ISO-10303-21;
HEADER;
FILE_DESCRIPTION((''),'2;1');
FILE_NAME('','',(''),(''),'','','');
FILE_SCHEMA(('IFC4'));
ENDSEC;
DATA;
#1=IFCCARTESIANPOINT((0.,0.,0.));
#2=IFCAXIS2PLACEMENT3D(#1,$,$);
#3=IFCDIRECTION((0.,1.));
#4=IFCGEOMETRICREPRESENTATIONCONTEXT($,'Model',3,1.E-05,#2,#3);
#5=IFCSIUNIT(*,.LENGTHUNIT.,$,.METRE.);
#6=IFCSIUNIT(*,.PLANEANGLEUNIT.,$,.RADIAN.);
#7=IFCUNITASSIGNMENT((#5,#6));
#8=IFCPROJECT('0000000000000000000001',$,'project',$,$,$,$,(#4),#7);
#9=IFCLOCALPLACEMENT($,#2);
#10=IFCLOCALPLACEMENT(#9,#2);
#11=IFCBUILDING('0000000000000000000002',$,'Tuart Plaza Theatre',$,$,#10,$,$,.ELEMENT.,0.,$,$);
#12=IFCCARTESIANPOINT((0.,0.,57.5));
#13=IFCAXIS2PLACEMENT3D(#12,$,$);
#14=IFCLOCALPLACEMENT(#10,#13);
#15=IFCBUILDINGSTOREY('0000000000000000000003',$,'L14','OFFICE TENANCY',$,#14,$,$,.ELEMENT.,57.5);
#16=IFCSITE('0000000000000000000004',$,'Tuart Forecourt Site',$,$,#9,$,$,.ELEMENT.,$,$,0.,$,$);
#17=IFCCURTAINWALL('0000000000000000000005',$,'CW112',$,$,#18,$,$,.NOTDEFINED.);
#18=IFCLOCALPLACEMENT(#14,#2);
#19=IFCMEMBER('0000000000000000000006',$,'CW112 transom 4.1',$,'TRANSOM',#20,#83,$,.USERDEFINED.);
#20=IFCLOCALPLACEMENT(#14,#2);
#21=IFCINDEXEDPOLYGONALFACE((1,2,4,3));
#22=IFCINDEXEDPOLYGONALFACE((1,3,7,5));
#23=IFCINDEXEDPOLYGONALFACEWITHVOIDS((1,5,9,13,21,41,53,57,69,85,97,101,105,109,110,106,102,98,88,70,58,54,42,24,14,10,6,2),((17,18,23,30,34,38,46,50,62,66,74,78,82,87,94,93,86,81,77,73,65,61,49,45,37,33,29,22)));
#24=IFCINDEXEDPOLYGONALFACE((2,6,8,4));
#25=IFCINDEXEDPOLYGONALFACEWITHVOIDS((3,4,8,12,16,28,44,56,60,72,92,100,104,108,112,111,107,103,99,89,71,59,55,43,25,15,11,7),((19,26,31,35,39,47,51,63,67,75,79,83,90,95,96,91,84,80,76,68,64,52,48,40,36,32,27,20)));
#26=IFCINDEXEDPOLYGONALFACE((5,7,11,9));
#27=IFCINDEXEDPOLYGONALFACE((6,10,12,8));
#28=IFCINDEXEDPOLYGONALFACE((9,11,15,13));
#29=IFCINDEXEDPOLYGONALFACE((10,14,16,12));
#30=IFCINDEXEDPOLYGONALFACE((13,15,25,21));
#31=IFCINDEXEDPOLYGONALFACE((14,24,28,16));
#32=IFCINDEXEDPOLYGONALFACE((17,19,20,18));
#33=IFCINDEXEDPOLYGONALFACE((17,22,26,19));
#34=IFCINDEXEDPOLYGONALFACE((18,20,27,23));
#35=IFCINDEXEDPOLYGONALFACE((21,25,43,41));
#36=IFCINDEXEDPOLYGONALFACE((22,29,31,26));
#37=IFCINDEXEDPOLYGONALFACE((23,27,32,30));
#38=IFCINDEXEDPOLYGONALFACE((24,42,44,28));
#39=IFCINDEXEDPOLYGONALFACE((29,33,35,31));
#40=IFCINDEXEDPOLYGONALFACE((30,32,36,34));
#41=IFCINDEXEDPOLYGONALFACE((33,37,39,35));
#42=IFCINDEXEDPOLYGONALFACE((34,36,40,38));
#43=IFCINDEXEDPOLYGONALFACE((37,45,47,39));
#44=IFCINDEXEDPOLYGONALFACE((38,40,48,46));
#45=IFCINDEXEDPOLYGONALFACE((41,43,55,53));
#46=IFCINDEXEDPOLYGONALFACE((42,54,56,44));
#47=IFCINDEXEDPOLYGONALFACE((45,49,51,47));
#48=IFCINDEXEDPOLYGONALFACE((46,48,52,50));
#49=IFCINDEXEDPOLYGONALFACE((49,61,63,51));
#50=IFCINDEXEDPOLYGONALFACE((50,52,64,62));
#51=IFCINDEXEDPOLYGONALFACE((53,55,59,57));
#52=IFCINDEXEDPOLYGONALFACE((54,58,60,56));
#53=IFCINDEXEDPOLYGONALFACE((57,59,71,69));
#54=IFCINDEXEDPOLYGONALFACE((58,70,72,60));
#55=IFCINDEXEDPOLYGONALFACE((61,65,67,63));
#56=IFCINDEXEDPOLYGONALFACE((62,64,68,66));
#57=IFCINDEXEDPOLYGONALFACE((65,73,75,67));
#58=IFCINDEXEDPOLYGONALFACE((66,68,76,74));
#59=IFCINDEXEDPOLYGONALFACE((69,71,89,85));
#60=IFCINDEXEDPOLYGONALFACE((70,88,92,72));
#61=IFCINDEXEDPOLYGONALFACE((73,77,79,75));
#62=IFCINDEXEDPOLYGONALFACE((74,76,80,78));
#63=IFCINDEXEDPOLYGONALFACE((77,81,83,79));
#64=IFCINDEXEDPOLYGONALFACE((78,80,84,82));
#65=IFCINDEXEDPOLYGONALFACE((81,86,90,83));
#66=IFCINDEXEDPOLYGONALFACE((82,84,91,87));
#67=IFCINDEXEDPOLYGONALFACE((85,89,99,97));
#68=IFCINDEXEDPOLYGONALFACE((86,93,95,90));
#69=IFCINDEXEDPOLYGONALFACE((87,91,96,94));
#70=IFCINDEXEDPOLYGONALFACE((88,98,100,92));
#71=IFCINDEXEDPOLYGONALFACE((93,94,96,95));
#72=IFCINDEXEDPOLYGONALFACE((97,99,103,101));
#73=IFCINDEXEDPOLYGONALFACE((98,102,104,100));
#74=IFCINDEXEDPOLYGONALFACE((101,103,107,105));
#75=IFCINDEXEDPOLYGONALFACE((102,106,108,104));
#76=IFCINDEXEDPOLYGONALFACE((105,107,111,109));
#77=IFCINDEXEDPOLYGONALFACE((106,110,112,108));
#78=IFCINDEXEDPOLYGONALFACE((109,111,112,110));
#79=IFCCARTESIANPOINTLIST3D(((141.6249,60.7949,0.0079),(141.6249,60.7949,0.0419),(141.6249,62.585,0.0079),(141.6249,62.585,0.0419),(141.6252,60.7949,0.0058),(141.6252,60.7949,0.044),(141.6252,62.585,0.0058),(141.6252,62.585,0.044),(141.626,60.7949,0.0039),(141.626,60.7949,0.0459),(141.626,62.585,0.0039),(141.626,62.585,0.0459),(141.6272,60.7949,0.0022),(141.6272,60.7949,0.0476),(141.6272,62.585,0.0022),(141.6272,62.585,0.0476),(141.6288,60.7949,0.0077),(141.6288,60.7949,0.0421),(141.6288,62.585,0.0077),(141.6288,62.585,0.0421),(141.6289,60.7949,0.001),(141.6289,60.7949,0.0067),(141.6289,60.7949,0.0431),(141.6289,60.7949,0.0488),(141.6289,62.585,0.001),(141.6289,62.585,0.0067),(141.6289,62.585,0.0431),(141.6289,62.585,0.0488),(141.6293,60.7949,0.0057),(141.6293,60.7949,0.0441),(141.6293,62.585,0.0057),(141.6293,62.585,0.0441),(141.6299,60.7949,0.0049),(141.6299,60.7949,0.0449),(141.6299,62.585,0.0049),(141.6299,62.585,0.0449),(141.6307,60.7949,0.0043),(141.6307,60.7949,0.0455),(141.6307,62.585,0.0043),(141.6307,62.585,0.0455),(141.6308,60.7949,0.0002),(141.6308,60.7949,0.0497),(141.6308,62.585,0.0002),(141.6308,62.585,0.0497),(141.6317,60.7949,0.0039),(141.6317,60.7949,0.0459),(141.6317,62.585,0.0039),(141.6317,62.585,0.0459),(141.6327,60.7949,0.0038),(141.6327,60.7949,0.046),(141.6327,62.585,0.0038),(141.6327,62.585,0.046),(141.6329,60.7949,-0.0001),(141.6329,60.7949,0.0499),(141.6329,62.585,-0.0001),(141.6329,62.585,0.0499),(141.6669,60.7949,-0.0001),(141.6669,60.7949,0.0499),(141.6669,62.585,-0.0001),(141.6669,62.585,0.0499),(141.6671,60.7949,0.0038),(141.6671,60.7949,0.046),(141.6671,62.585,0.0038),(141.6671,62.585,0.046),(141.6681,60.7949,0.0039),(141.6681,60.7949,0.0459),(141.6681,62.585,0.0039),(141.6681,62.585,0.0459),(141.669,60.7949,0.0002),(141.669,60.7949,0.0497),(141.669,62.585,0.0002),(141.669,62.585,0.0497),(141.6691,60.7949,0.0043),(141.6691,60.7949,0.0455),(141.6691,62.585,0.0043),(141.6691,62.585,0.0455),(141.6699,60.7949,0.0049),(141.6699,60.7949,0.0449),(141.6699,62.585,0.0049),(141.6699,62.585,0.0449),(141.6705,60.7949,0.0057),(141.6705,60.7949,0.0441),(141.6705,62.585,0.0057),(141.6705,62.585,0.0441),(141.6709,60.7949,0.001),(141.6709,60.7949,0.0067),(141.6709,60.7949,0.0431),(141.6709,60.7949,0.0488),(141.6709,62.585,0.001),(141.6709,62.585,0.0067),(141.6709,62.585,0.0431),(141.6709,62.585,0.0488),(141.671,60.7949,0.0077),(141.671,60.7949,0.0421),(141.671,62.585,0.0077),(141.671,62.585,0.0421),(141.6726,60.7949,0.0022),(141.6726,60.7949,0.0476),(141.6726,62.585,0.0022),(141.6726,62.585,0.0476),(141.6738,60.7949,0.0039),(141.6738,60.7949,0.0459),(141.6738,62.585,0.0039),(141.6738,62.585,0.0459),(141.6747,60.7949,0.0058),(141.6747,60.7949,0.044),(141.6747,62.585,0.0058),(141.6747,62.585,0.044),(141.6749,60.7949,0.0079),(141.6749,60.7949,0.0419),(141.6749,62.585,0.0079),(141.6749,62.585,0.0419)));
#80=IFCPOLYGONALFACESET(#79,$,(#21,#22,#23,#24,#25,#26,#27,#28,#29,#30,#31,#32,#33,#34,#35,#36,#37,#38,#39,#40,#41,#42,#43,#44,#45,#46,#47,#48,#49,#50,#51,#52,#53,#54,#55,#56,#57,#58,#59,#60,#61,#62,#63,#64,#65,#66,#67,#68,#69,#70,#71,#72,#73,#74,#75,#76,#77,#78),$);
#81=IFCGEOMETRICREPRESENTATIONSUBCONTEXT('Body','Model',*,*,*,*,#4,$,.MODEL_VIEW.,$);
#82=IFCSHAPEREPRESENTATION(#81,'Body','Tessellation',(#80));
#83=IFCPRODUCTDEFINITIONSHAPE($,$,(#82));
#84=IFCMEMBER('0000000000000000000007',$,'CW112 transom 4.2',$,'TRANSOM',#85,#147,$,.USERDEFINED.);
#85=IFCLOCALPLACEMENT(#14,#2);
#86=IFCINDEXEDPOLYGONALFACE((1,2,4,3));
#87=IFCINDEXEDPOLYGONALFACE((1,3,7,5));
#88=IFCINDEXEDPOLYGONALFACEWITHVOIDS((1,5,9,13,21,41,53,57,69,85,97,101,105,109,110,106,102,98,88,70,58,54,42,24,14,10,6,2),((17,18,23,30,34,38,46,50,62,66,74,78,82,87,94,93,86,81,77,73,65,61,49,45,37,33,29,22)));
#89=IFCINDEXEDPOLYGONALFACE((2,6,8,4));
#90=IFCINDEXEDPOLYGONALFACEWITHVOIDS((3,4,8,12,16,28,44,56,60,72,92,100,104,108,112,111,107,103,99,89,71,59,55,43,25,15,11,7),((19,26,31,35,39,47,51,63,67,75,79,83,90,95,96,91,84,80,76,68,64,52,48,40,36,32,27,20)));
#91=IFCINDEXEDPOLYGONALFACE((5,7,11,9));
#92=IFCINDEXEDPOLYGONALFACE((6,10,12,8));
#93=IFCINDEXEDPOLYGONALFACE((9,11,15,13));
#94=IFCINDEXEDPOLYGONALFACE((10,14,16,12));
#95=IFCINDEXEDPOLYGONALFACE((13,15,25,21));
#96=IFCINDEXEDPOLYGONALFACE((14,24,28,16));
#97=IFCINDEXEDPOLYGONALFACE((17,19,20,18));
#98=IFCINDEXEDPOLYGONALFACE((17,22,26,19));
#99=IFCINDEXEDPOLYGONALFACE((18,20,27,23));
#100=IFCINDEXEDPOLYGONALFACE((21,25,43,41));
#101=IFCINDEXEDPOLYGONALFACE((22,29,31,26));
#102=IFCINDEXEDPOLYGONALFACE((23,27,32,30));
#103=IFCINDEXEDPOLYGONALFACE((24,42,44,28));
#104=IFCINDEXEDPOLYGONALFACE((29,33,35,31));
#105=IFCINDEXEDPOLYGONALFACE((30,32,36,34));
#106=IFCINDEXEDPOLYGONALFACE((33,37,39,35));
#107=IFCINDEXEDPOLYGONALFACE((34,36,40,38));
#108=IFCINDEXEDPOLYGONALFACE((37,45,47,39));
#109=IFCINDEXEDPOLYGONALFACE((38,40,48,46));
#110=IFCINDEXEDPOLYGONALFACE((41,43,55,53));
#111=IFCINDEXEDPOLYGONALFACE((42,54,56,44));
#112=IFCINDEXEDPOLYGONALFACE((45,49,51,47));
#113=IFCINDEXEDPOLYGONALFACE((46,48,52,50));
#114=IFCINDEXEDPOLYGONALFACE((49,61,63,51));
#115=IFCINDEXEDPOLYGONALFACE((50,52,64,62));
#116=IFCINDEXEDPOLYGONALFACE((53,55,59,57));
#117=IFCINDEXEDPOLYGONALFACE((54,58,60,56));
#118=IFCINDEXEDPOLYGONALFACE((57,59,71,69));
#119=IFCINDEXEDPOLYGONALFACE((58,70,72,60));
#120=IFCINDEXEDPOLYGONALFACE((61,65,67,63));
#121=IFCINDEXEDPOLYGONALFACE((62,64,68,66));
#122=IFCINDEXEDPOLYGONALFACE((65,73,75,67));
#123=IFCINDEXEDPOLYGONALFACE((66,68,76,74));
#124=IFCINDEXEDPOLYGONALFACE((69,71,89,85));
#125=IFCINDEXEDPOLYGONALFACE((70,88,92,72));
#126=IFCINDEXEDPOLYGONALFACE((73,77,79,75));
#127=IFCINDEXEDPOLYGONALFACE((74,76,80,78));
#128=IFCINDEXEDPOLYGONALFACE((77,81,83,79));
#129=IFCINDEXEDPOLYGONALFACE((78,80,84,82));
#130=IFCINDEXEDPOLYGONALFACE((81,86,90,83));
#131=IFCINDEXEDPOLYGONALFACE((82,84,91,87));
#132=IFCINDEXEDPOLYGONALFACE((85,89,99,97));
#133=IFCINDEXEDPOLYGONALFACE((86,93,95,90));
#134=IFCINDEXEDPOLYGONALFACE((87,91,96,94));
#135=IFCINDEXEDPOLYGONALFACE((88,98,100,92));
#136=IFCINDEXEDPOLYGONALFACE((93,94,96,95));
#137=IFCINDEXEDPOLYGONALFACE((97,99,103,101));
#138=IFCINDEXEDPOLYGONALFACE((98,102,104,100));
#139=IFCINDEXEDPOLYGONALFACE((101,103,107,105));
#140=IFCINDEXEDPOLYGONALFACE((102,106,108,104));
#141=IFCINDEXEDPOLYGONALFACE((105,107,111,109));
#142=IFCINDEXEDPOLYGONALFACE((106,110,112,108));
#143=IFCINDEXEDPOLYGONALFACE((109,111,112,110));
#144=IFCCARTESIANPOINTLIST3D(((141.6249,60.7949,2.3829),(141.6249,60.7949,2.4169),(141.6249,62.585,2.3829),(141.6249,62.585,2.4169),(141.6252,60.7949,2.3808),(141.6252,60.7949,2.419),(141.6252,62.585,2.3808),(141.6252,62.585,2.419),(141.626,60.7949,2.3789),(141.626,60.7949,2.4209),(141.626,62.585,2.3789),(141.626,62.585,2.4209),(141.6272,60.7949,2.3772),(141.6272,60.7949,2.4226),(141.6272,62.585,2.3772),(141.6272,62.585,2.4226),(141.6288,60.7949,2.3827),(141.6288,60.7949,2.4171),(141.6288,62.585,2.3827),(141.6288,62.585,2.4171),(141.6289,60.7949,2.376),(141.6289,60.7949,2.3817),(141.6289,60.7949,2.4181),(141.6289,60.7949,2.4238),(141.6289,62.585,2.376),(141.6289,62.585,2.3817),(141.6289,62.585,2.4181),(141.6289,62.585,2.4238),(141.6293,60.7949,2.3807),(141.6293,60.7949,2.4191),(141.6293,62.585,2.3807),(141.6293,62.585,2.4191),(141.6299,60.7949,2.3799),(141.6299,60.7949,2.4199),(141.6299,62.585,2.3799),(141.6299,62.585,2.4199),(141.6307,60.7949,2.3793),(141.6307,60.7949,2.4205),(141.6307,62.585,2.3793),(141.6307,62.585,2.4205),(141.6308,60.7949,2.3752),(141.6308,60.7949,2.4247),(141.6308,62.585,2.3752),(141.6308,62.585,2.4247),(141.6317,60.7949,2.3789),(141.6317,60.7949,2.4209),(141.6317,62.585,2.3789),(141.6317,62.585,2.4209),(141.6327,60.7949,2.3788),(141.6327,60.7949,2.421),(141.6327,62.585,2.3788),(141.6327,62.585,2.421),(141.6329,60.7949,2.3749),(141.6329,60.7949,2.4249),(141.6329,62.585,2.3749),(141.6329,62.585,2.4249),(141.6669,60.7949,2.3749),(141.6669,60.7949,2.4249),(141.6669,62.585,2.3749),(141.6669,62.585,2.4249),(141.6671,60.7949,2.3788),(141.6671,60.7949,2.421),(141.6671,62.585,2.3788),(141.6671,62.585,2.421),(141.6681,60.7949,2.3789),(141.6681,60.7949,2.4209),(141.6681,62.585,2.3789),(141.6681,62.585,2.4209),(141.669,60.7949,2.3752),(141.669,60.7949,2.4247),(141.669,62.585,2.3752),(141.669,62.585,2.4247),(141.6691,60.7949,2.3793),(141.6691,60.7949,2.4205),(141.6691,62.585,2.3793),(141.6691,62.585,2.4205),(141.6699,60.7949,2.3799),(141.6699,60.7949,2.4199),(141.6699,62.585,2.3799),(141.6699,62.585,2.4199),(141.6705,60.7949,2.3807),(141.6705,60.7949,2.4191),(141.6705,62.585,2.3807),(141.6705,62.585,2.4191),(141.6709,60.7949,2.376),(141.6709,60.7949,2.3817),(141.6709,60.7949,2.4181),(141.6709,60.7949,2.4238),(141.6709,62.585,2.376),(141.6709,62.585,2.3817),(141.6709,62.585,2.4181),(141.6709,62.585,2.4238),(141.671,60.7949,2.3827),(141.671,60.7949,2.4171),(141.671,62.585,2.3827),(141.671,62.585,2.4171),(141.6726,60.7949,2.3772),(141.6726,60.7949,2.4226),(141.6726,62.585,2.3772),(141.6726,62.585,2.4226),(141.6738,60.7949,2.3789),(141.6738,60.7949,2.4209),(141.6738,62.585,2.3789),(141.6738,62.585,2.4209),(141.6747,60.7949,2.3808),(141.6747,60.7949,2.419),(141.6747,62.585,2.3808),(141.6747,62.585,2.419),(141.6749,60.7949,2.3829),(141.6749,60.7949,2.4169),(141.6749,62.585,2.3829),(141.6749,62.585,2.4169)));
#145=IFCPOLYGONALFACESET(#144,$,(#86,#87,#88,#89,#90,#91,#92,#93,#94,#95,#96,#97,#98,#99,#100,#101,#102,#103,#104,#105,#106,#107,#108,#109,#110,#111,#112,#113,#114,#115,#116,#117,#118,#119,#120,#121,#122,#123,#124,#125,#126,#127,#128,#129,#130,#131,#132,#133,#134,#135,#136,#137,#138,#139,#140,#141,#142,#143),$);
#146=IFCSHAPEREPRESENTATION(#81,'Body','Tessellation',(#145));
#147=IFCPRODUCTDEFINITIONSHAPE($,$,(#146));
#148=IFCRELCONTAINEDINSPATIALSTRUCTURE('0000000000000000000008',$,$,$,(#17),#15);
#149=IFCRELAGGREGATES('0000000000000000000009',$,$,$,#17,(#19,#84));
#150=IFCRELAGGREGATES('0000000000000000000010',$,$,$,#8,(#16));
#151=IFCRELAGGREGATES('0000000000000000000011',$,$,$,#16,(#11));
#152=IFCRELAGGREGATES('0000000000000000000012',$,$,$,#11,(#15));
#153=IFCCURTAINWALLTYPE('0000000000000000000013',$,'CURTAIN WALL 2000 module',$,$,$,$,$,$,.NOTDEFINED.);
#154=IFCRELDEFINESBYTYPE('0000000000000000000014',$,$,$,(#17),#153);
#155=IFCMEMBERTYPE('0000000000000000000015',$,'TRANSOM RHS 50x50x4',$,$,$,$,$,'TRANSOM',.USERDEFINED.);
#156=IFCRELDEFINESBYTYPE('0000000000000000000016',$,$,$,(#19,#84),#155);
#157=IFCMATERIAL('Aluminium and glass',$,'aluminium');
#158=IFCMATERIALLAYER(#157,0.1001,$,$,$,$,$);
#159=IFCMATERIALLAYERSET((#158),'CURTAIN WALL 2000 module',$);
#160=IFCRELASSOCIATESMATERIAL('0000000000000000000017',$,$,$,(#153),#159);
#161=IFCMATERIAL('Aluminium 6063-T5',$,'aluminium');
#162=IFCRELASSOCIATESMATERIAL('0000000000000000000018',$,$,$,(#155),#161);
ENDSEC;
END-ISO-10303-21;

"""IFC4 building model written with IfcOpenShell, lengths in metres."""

from ifc_helpers import new_model, si_unit, direction, frame, origin, origin_2d, place, context, subcontext, project, spatial, hollow_rectangle, extrude, material, layer, layer_set, material_profile, profile_set, type_object, element, aggregate, save


model = new_model("IFC4")

# Units and contexts
model_context = context("Model", 3, precision=1e-05, world=origin(), true_north=direction((0.0, 1.0)))
body_context = subcontext(model_context, "Body", "Model", "MODEL_VIEW")
ifc_project = project(units=[si_unit("LENGTHUNIT", "METRE"), si_unit("PLANEANGLEUNIT", "RADIAN")], contexts=[model_context])

# Site, building, storey
site_placement = place(None, origin())
site = spatial("IfcSite", under=ifc_project, at=site_placement, Name="Tuart Forecourt Site", CompositionType="ELEMENT", RefElevation=0.0)
building_placement = place(site_placement, origin())
building = spatial("IfcBuilding", under=site, at=building_placement, Name="Tuart Plaza Theatre", CompositionType="ELEMENT", ElevationOfRefHeight=0.0)
storey_placement = place(building_placement, frame((0.0, 0.0, 57.5)))
storey = spatial("IfcBuildingStorey", under=building, at=storey_placement, Name="L14", Description="OFFICE TENANCY", CompositionType="ELEMENT", Elevation=57.5)

# Curtain wall, members
ifc_material_1 = material(Name="Aluminium and glass", Category="aluminium")
ifc_layer_1 = layer(ifc_material_1, 0.1001)
ifc_layer_set_1 = layer_set([ifc_layer_1], Name="CURTAIN WALL 2000 module")
curtain_wall_type = type_object("IfcCurtainWallType", Name="CURTAIN WALL 2000 module", PredefinedType="NOTDEFINED", material=ifc_layer_set_1)
curtain_wall_placement = place(storey_placement, origin())
curtain_wall = element("IfcCurtainWall", 1, at=curtain_wall_placement, inside=storey, type_object=curtain_wall_type, Name="CW112", PredefinedType="NOTDEFINED")
ifc_material_2 = material(Name="Aluminium 6063-T5", Category="aluminium")
ifc_material_profile_1 = material_profile(ifc_material_2, hollow_rectangle(XDim=0.05, YDim=0.05, WallThickness=0.0039, InnerFilletRadius=0.0039, OuterFilletRadius=0.0081, at=origin_2d()), Name="RHS 50x50x4")
ifc_profile_set_1 = profile_set([ifc_material_profile_1], Name="Aluminium 6063-T5")
member_type_1 = type_object("IfcMemberType", Name="TRANSOM RHS 50x50x4", ElementType="TRANSOM", PredefinedType="USERDEFINED", material=ifc_profile_set_1)
member_1_placement = place(storey_placement, frame((141.6499, 60.7949, 0.0249), z_axis=(0.0, 1.0, 0.0), x_axis=(-1.0, 0.0, 0.0)))
member_1 = element("IfcMember", 2, at=member_1_placement, type_object=member_type_1, Name="CW112 transom 4.1", ObjectType="TRANSOM", PredefinedType="USERDEFINED", context=body_context, shape_type="SweptSolid", body=[
    extrude(hollow_rectangle(XDim=0.05, YDim=0.05, WallThickness=0.0039, InnerFilletRadius=0.0039, OuterFilletRadius=0.0081, at=origin_2d()), origin(), (0.0, 0.0, 1.0), 1.79),
])
member_2_placement = place(storey_placement, frame((141.6499, 60.7949, 2.3999), z_axis=(0.0, 1.0, 0.0), x_axis=(-1.0, 0.0, 0.0)))
member_2 = element("IfcMember", 3, at=member_2_placement, type_object=member_type_1, Name="CW112 transom 4.2", ObjectType="TRANSOM", PredefinedType="USERDEFINED", context=body_context, shape_type="SweptSolid", body=[
    extrude(hollow_rectangle(XDim=0.05, YDim=0.05, WallThickness=0.0039, InnerFilletRadius=0.0039, OuterFilletRadius=0.0081, at=origin_2d()), origin(), (0.0, 0.0, 1.0), 1.79),
])
aggregate(curtain_wall, [member_1, member_2])

save(model, "model.ifc")
